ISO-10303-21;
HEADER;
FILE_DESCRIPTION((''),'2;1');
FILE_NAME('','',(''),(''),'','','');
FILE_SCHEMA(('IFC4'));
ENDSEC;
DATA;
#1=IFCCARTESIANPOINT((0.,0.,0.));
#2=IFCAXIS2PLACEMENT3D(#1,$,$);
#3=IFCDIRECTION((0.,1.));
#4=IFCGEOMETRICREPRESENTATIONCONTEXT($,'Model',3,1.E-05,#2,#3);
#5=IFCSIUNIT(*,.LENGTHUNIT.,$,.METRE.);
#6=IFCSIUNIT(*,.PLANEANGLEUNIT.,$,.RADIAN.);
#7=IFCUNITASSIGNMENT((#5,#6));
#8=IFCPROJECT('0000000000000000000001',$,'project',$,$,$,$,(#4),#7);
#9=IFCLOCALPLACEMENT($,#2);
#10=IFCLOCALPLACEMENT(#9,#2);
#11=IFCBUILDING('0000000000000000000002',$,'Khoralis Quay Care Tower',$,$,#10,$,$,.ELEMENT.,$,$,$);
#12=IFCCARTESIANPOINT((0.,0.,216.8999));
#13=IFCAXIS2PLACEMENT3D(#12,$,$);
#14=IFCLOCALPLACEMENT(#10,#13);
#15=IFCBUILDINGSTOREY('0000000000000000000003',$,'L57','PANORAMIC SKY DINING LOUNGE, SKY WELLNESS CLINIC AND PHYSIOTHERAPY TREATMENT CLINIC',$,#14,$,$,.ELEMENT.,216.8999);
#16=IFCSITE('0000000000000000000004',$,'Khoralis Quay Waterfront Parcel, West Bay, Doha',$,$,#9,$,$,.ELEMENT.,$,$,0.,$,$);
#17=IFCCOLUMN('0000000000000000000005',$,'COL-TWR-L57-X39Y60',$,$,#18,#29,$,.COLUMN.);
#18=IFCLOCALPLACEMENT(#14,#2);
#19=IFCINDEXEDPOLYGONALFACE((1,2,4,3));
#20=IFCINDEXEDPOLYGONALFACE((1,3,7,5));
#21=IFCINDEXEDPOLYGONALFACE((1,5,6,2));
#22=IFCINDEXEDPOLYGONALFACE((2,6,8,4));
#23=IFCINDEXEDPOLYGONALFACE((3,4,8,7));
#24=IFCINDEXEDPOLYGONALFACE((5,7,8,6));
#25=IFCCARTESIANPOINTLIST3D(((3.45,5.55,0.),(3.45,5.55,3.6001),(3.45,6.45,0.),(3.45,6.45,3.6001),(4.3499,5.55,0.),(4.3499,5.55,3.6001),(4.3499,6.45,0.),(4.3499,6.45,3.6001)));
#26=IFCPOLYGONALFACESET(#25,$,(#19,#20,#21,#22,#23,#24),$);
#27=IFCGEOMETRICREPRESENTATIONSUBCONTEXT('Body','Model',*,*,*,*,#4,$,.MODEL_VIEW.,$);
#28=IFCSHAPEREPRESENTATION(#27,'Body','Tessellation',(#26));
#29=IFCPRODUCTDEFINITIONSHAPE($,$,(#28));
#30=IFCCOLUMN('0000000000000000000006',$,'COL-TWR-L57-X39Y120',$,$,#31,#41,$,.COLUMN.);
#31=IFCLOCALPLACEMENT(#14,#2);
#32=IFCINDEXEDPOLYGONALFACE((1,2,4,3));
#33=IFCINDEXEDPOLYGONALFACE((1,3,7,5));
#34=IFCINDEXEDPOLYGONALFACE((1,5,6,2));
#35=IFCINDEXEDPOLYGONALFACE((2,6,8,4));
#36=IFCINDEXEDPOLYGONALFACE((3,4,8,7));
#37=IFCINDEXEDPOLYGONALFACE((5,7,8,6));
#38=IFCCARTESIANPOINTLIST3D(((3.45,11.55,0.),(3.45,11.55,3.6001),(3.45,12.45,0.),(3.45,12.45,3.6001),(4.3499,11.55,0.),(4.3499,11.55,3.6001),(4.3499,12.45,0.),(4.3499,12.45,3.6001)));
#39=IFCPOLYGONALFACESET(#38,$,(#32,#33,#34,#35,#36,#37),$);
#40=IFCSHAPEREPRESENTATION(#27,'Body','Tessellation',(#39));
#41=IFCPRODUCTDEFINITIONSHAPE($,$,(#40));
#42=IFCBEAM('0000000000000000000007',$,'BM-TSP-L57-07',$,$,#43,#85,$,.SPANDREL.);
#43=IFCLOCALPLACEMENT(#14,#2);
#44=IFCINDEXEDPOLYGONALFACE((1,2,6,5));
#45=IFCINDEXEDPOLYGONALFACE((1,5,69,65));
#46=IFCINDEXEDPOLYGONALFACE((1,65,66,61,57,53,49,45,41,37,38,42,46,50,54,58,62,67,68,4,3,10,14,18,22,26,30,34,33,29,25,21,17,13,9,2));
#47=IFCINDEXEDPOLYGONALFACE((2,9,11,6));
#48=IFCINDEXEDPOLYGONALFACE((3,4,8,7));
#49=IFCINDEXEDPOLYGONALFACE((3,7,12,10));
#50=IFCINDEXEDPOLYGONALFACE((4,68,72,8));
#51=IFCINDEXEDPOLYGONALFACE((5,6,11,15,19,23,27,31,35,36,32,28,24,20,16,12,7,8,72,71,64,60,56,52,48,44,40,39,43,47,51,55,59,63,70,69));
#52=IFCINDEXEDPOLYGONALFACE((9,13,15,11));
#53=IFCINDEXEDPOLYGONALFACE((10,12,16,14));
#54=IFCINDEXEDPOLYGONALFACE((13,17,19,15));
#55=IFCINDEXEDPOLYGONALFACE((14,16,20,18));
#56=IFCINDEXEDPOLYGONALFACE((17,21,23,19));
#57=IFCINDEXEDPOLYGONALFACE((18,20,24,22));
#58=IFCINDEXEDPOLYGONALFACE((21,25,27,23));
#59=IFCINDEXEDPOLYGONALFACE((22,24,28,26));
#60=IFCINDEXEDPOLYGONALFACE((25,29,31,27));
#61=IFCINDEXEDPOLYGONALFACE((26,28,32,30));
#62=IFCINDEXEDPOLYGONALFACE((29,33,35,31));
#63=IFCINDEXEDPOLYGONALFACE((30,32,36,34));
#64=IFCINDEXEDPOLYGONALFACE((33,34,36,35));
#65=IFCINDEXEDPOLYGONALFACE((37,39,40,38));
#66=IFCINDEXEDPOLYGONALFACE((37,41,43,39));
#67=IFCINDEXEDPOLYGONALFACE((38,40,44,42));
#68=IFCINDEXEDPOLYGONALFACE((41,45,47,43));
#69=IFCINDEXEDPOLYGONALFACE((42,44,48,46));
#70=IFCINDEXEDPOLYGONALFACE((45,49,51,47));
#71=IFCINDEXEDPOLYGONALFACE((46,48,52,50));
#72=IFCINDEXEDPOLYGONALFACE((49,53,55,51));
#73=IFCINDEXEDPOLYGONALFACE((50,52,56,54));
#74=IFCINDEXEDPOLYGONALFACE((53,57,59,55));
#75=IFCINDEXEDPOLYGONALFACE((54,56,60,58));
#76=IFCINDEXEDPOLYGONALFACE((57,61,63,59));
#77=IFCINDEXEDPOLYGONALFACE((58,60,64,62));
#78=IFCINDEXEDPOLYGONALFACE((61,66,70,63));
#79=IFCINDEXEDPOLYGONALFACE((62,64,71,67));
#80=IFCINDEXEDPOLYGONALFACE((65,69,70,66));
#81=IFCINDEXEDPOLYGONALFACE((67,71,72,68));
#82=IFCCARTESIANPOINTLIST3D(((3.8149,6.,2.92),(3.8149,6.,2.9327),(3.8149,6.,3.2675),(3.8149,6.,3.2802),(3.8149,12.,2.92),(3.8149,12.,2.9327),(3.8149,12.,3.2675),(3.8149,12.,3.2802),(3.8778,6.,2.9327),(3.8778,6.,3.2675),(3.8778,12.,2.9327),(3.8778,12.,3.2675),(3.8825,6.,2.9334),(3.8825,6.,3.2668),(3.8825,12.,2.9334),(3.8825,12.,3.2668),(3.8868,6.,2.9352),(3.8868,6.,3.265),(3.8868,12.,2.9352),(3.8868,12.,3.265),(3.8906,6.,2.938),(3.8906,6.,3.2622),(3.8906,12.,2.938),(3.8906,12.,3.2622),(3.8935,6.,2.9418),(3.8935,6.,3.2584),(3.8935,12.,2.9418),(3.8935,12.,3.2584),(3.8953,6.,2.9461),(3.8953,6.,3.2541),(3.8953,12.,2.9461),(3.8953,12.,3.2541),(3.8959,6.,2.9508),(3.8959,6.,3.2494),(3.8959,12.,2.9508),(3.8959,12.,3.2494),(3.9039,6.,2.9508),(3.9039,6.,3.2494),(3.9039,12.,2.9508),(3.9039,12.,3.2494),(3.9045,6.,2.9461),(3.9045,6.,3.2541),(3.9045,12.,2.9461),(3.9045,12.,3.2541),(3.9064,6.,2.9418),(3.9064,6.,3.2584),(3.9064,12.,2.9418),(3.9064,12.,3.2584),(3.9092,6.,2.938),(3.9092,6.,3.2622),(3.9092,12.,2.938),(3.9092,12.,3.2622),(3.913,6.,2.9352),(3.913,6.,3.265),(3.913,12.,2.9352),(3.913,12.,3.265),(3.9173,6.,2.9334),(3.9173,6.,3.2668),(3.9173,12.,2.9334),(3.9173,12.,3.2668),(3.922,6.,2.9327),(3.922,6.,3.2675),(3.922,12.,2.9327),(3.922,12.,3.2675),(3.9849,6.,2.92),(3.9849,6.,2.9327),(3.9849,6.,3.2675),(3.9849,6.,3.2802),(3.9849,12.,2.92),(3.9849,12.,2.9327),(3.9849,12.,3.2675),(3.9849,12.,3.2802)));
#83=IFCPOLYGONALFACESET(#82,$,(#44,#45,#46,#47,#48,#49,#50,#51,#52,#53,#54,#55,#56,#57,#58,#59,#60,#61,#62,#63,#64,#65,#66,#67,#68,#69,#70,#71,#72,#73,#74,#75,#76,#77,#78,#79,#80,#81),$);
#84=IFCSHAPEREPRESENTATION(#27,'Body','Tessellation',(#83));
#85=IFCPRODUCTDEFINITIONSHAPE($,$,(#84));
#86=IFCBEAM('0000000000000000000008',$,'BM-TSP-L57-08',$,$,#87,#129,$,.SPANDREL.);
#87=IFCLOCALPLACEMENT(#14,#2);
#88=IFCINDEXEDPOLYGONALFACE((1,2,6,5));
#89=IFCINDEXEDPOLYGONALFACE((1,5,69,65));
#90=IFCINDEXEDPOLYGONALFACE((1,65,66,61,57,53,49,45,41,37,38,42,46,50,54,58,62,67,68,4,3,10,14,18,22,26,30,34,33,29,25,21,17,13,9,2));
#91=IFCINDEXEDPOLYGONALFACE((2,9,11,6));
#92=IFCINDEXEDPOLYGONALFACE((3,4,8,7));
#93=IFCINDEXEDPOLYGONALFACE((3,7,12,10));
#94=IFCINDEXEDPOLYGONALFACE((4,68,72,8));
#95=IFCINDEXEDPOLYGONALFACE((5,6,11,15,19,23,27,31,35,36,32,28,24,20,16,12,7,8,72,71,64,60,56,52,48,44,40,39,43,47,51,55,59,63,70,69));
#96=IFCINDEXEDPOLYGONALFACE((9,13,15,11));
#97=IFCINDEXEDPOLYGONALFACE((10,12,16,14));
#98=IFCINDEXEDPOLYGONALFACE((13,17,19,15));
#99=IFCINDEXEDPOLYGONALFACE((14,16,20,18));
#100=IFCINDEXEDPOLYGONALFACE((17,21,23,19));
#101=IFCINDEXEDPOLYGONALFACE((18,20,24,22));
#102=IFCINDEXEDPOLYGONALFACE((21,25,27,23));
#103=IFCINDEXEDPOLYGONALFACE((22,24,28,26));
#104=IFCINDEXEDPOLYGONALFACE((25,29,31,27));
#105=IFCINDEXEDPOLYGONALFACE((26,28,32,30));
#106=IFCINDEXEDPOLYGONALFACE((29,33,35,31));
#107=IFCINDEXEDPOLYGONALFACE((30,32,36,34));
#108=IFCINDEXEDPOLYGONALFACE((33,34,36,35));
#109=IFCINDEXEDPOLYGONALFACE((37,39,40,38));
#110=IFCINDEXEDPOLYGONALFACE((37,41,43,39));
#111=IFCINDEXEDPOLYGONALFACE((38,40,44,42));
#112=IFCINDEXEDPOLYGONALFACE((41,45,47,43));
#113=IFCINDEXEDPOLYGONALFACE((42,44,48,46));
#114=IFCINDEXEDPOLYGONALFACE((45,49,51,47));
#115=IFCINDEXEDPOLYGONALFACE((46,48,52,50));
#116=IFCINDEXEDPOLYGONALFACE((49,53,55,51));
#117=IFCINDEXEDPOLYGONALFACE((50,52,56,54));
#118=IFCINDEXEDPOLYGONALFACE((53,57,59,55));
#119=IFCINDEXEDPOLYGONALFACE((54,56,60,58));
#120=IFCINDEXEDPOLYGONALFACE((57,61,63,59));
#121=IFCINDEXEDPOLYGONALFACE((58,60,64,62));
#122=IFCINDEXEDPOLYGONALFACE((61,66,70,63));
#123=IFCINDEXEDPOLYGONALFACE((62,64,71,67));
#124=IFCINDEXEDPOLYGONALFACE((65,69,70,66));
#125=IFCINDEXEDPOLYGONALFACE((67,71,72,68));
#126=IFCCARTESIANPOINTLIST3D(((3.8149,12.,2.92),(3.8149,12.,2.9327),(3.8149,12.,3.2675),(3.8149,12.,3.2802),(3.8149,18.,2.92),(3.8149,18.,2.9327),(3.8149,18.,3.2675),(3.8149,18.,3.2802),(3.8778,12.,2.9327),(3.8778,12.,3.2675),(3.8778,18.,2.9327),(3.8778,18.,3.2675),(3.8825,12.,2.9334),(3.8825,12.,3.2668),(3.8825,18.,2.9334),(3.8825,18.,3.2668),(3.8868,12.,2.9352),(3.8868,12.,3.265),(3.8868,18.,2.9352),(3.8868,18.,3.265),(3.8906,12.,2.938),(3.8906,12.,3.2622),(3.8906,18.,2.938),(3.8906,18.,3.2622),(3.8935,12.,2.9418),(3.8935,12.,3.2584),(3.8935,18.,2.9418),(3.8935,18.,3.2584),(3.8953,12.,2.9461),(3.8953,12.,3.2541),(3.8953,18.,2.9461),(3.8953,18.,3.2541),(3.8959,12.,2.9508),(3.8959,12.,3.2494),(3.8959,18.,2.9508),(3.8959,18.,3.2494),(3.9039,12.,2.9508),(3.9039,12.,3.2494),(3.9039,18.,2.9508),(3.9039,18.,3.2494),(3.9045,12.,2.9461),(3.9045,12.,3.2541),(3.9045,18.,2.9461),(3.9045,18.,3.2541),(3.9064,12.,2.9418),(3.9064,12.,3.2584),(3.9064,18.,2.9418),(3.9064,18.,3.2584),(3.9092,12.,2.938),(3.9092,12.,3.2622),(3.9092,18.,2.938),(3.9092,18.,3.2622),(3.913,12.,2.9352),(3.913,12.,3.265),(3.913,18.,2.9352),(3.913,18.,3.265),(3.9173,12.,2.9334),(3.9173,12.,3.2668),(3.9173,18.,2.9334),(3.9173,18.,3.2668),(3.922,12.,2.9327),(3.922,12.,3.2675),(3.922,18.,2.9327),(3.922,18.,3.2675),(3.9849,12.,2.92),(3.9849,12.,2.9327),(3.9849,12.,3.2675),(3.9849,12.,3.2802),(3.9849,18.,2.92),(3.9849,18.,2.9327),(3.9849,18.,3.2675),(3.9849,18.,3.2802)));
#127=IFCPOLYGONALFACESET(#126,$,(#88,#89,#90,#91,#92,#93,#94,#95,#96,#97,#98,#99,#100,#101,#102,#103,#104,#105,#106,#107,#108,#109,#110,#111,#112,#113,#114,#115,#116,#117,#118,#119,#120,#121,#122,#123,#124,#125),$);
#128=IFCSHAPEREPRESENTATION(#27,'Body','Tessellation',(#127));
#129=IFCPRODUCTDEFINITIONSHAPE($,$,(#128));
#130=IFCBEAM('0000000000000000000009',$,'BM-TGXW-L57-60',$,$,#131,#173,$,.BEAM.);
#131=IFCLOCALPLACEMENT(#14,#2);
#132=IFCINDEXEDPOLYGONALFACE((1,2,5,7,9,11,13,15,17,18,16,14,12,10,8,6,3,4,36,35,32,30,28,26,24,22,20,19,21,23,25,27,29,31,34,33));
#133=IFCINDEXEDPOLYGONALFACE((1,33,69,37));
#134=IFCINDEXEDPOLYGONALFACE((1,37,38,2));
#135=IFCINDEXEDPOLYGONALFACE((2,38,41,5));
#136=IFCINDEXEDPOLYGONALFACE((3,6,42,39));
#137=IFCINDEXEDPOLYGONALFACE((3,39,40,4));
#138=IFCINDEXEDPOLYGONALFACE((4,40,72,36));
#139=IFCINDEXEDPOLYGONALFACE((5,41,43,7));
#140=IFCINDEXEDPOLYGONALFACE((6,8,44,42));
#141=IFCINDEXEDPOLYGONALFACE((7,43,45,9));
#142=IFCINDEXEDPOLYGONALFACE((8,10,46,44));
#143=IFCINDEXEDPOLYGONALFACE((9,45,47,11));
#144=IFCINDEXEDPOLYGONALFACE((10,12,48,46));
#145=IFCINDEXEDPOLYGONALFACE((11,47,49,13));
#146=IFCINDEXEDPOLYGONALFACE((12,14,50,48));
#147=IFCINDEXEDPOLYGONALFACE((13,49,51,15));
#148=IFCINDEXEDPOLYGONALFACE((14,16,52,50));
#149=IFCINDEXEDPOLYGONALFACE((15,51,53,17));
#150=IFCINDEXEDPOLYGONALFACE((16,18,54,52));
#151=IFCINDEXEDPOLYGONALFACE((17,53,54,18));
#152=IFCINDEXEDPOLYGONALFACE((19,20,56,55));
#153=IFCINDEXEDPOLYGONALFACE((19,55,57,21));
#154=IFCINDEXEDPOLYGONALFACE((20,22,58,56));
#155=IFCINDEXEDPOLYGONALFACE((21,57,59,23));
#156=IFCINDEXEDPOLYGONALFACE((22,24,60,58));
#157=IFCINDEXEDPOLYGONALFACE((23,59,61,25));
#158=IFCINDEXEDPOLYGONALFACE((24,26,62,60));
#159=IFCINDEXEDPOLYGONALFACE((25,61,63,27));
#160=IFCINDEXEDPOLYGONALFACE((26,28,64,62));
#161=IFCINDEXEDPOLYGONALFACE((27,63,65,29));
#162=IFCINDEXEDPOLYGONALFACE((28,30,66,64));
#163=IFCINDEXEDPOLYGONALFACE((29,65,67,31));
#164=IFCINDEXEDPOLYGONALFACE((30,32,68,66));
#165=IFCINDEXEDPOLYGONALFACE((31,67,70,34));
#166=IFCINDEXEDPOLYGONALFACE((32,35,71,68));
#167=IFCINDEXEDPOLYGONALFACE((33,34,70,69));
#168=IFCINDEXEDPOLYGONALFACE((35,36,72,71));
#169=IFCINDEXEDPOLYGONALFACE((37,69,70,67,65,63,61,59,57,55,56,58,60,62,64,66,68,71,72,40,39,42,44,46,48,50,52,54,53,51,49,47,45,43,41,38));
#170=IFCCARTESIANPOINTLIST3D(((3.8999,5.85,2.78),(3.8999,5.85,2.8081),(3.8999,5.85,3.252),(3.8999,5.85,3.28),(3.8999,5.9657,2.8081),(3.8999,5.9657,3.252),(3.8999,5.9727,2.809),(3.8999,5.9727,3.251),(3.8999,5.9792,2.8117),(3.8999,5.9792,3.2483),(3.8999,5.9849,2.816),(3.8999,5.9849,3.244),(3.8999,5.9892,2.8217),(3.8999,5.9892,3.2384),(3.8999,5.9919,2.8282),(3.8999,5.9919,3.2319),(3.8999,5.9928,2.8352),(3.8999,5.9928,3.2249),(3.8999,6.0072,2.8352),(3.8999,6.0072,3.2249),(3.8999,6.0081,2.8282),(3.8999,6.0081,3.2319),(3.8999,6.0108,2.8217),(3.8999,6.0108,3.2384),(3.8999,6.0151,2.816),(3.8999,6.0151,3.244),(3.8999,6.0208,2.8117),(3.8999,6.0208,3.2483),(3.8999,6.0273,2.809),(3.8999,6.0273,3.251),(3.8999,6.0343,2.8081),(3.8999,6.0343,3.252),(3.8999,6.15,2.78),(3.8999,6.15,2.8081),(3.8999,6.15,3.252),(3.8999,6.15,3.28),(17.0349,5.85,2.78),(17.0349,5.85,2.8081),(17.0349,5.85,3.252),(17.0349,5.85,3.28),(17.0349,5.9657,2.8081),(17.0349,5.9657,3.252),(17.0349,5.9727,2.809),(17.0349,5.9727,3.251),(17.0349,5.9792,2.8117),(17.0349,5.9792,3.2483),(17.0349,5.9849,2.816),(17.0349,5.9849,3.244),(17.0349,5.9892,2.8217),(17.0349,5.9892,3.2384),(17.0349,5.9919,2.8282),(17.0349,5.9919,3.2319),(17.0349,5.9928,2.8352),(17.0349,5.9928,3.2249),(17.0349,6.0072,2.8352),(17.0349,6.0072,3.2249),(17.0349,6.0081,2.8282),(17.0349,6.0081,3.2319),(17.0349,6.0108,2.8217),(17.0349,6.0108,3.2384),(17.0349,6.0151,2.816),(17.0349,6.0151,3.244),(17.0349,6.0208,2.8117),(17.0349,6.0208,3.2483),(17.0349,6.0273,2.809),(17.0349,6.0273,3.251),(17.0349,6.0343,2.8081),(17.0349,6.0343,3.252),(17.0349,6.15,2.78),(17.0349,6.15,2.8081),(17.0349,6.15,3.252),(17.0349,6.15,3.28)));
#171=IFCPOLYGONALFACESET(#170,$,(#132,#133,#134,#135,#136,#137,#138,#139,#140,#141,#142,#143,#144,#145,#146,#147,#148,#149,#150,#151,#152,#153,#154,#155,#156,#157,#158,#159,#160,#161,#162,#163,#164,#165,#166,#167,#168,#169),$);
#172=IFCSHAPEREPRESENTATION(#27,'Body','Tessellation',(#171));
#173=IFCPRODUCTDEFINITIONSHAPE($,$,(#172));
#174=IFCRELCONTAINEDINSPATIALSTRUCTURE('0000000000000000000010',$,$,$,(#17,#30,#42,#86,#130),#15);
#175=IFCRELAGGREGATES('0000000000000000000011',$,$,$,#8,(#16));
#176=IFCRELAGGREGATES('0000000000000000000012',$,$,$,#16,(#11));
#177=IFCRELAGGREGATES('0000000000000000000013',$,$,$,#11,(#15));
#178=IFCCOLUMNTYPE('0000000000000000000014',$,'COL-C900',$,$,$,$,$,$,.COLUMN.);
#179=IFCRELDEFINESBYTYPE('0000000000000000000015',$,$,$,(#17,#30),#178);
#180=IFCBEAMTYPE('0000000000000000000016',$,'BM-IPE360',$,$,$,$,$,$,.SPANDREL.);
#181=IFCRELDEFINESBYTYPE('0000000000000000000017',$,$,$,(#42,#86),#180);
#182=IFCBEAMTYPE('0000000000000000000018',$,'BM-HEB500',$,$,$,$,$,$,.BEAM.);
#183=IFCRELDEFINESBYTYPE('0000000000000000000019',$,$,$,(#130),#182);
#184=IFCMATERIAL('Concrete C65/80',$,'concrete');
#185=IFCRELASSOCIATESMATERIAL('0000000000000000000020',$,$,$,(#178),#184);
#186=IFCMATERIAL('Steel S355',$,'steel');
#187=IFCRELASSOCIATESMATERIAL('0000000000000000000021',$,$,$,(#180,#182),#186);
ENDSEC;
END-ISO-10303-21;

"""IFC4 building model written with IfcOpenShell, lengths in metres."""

from ifc_helpers import new_model, si_unit, direction, frame, origin, origin_2d, place, context, subcontext, project, spatial, rectangle, i_section, extrude, source, transform, mapped, material, material_profile, profile_set, type_object, element, save


model = new_model("IFC4")

# Units and contexts
model_context = context("Model", 3, precision=1e-05, world=origin(), true_north=direction((0.0, 1.0)))
body_context = subcontext(model_context, "Body", "Model", "MODEL_VIEW")
ifc_project = project(units=[si_unit("LENGTHUNIT", "METRE"), si_unit("PLANEANGLEUNIT", "RADIAN")], contexts=[model_context])

# Site, building, storey
site_placement = place(None, origin())
site = spatial("IfcSite", under=ifc_project, at=site_placement, Name="Khoralis Quay Waterfront Parcel, West Bay, Doha", CompositionType="ELEMENT", RefElevation=0.0)
building_placement = place(site_placement, origin())
building = spatial("IfcBuilding", under=site, at=building_placement, Name="Khoralis Quay Care Tower", CompositionType="ELEMENT")
storey_placement = place(building_placement, frame((0.0, 0.0, 216.8999)))
storey = spatial("IfcBuildingStorey", under=building, at=storey_placement, Name="L57", Description="PANORAMIC SKY DINING LOUNGE, SKY WELLNESS CLINIC AND PHYSIOTHERAPY TREATMENT CLINIC", CompositionType="ELEMENT", Elevation=216.8999)

# Columns
ifc_material_1 = material(Name="Concrete C65/80", Category="concrete")
ifc_material_profile_1 = material_profile(ifc_material_1, rectangle(XDim=0.8999, YDim=0.8999, at=origin_2d()), Name="Concrete C65/80")
ifc_profile_set_1 = profile_set([ifc_material_profile_1], Name="Concrete C65/80")
column_type = type_object("IfcColumnType", Name="COL-C900", PredefinedType="COLUMN", material=ifc_profile_set_1)
shared_shape_1 = source(origin(), body_context, "Body", "SweptSolid", [
    extrude(rectangle(XDim=0.8999, YDim=0.8999, at=origin_2d()), origin(), (0.0, 0.0, 1.0), 3.6001),
])
for number, where, z_axis, x_axis, name in (
    (1, (3.8999, 6.0, 0.0), (0.0, 0.0, 1.0), (1.0, 0.0, 0.0), "COL-TWR-L57-X39Y60"),
    (2, (3.8999, 12.0, 0.0), (0.0, 0.0, 1.0), (1.0, 0.0, 0.0), "COL-TWR-L57-X39Y120"),
):
    element("IfcColumn", number, at=place(storey_placement, frame(where, z_axis=z_axis, x_axis=x_axis)), inside=storey, type_object=column_type, Name=name, PredefinedType="COLUMN", context=body_context, shape_type="MappedRepresentation", body=[
        mapped(shared_shape_1, transform((0.0, 0.0, 0.0), scale=1.0)),
    ])

# Beams
ifc_material_2 = material(Name="Steel S355", Category="steel")
ifc_material_profile_2 = material_profile(ifc_material_2, i_section(OverallWidth=0.1699, OverallDepth=0.3601, WebThickness=0.0081, FlangeThickness=0.0127, FilletRadius=0.0181, at=origin_2d()), Name="Steel S355")
ifc_profile_set_2 = profile_set([ifc_material_profile_2], Name="Steel S355")
beam_type_1 = type_object("IfcBeamType", Name="BM-IPE360", PredefinedType="SPANDREL", material=ifc_profile_set_2)
shared_shape_2 = source(origin(), body_context, "Body", "SweptSolid", [
    extrude(i_section(OverallWidth=0.1699, OverallDepth=0.3601, WebThickness=0.0081, FlangeThickness=0.0127, FilletRadius=0.0181, at=origin_2d()), origin(), (0.0, 0.0, 1.0), 6.0),
])
for number, where, z_axis, x_axis, name in (
    (3, (3.8999, 6.0, 3.1001), (0.0, 1.0, 0.0), (-1.0, 0.0, 0.0), "BM-TSP-L57-07"),
    (4, (3.8999, 12.0, 3.1001), (0.0, 1.0, 0.0), (-1.0, 0.0, 0.0), "BM-TSP-L57-08"),
):
    element("IfcBeam", number, at=place(storey_placement, frame(where, z_axis=z_axis, x_axis=x_axis)), inside=storey, type_object=beam_type_1, Name=name, PredefinedType="SPANDREL", context=body_context, shape_type="MappedRepresentation", body=[
        mapped(shared_shape_2, transform((0.0, 0.0, 0.0), scale=1.0)),
    ])
ifc_material_profile_3 = material_profile(ifc_material_2, i_section(OverallWidth=0.3, OverallDepth=0.5, WebThickness=0.0144, FlangeThickness=0.0281, FilletRadius=0.0271, at=origin_2d()), Name="Steel S355")
ifc_profile_set_3 = profile_set([ifc_material_profile_3], Name="Steel S355")
beam_type_2 = type_object("IfcBeamType", Name="BM-HEB500", PredefinedType="BEAM", material=ifc_profile_set_3)
shared_shape_3 = source(origin(), body_context, "Body", "SweptSolid", [
    extrude(i_section(OverallWidth=0.3, OverallDepth=0.5, WebThickness=0.0144, FlangeThickness=0.0281, FilletRadius=0.0271, at=origin_2d()), origin(), (0.0, 0.0, 1.0), 13.135),
])
beam_1_placement = place(storey_placement, frame((3.8999, 6.0, 3.03), z_axis=(1.0, 0.0, 0.0), x_axis=(0.0, 1.0, 0.0)))
element("IfcBeam", 5, at=beam_1_placement, inside=storey, type_object=beam_type_2, Name="BM-TGXW-L57-60", PredefinedType="BEAM", context=body_context, shape_type="MappedRepresentation", body=[
    mapped(shared_shape_3, transform((0.0, 0.0, 0.0), scale=1.0)),
])

save(model, "model.ifc")
